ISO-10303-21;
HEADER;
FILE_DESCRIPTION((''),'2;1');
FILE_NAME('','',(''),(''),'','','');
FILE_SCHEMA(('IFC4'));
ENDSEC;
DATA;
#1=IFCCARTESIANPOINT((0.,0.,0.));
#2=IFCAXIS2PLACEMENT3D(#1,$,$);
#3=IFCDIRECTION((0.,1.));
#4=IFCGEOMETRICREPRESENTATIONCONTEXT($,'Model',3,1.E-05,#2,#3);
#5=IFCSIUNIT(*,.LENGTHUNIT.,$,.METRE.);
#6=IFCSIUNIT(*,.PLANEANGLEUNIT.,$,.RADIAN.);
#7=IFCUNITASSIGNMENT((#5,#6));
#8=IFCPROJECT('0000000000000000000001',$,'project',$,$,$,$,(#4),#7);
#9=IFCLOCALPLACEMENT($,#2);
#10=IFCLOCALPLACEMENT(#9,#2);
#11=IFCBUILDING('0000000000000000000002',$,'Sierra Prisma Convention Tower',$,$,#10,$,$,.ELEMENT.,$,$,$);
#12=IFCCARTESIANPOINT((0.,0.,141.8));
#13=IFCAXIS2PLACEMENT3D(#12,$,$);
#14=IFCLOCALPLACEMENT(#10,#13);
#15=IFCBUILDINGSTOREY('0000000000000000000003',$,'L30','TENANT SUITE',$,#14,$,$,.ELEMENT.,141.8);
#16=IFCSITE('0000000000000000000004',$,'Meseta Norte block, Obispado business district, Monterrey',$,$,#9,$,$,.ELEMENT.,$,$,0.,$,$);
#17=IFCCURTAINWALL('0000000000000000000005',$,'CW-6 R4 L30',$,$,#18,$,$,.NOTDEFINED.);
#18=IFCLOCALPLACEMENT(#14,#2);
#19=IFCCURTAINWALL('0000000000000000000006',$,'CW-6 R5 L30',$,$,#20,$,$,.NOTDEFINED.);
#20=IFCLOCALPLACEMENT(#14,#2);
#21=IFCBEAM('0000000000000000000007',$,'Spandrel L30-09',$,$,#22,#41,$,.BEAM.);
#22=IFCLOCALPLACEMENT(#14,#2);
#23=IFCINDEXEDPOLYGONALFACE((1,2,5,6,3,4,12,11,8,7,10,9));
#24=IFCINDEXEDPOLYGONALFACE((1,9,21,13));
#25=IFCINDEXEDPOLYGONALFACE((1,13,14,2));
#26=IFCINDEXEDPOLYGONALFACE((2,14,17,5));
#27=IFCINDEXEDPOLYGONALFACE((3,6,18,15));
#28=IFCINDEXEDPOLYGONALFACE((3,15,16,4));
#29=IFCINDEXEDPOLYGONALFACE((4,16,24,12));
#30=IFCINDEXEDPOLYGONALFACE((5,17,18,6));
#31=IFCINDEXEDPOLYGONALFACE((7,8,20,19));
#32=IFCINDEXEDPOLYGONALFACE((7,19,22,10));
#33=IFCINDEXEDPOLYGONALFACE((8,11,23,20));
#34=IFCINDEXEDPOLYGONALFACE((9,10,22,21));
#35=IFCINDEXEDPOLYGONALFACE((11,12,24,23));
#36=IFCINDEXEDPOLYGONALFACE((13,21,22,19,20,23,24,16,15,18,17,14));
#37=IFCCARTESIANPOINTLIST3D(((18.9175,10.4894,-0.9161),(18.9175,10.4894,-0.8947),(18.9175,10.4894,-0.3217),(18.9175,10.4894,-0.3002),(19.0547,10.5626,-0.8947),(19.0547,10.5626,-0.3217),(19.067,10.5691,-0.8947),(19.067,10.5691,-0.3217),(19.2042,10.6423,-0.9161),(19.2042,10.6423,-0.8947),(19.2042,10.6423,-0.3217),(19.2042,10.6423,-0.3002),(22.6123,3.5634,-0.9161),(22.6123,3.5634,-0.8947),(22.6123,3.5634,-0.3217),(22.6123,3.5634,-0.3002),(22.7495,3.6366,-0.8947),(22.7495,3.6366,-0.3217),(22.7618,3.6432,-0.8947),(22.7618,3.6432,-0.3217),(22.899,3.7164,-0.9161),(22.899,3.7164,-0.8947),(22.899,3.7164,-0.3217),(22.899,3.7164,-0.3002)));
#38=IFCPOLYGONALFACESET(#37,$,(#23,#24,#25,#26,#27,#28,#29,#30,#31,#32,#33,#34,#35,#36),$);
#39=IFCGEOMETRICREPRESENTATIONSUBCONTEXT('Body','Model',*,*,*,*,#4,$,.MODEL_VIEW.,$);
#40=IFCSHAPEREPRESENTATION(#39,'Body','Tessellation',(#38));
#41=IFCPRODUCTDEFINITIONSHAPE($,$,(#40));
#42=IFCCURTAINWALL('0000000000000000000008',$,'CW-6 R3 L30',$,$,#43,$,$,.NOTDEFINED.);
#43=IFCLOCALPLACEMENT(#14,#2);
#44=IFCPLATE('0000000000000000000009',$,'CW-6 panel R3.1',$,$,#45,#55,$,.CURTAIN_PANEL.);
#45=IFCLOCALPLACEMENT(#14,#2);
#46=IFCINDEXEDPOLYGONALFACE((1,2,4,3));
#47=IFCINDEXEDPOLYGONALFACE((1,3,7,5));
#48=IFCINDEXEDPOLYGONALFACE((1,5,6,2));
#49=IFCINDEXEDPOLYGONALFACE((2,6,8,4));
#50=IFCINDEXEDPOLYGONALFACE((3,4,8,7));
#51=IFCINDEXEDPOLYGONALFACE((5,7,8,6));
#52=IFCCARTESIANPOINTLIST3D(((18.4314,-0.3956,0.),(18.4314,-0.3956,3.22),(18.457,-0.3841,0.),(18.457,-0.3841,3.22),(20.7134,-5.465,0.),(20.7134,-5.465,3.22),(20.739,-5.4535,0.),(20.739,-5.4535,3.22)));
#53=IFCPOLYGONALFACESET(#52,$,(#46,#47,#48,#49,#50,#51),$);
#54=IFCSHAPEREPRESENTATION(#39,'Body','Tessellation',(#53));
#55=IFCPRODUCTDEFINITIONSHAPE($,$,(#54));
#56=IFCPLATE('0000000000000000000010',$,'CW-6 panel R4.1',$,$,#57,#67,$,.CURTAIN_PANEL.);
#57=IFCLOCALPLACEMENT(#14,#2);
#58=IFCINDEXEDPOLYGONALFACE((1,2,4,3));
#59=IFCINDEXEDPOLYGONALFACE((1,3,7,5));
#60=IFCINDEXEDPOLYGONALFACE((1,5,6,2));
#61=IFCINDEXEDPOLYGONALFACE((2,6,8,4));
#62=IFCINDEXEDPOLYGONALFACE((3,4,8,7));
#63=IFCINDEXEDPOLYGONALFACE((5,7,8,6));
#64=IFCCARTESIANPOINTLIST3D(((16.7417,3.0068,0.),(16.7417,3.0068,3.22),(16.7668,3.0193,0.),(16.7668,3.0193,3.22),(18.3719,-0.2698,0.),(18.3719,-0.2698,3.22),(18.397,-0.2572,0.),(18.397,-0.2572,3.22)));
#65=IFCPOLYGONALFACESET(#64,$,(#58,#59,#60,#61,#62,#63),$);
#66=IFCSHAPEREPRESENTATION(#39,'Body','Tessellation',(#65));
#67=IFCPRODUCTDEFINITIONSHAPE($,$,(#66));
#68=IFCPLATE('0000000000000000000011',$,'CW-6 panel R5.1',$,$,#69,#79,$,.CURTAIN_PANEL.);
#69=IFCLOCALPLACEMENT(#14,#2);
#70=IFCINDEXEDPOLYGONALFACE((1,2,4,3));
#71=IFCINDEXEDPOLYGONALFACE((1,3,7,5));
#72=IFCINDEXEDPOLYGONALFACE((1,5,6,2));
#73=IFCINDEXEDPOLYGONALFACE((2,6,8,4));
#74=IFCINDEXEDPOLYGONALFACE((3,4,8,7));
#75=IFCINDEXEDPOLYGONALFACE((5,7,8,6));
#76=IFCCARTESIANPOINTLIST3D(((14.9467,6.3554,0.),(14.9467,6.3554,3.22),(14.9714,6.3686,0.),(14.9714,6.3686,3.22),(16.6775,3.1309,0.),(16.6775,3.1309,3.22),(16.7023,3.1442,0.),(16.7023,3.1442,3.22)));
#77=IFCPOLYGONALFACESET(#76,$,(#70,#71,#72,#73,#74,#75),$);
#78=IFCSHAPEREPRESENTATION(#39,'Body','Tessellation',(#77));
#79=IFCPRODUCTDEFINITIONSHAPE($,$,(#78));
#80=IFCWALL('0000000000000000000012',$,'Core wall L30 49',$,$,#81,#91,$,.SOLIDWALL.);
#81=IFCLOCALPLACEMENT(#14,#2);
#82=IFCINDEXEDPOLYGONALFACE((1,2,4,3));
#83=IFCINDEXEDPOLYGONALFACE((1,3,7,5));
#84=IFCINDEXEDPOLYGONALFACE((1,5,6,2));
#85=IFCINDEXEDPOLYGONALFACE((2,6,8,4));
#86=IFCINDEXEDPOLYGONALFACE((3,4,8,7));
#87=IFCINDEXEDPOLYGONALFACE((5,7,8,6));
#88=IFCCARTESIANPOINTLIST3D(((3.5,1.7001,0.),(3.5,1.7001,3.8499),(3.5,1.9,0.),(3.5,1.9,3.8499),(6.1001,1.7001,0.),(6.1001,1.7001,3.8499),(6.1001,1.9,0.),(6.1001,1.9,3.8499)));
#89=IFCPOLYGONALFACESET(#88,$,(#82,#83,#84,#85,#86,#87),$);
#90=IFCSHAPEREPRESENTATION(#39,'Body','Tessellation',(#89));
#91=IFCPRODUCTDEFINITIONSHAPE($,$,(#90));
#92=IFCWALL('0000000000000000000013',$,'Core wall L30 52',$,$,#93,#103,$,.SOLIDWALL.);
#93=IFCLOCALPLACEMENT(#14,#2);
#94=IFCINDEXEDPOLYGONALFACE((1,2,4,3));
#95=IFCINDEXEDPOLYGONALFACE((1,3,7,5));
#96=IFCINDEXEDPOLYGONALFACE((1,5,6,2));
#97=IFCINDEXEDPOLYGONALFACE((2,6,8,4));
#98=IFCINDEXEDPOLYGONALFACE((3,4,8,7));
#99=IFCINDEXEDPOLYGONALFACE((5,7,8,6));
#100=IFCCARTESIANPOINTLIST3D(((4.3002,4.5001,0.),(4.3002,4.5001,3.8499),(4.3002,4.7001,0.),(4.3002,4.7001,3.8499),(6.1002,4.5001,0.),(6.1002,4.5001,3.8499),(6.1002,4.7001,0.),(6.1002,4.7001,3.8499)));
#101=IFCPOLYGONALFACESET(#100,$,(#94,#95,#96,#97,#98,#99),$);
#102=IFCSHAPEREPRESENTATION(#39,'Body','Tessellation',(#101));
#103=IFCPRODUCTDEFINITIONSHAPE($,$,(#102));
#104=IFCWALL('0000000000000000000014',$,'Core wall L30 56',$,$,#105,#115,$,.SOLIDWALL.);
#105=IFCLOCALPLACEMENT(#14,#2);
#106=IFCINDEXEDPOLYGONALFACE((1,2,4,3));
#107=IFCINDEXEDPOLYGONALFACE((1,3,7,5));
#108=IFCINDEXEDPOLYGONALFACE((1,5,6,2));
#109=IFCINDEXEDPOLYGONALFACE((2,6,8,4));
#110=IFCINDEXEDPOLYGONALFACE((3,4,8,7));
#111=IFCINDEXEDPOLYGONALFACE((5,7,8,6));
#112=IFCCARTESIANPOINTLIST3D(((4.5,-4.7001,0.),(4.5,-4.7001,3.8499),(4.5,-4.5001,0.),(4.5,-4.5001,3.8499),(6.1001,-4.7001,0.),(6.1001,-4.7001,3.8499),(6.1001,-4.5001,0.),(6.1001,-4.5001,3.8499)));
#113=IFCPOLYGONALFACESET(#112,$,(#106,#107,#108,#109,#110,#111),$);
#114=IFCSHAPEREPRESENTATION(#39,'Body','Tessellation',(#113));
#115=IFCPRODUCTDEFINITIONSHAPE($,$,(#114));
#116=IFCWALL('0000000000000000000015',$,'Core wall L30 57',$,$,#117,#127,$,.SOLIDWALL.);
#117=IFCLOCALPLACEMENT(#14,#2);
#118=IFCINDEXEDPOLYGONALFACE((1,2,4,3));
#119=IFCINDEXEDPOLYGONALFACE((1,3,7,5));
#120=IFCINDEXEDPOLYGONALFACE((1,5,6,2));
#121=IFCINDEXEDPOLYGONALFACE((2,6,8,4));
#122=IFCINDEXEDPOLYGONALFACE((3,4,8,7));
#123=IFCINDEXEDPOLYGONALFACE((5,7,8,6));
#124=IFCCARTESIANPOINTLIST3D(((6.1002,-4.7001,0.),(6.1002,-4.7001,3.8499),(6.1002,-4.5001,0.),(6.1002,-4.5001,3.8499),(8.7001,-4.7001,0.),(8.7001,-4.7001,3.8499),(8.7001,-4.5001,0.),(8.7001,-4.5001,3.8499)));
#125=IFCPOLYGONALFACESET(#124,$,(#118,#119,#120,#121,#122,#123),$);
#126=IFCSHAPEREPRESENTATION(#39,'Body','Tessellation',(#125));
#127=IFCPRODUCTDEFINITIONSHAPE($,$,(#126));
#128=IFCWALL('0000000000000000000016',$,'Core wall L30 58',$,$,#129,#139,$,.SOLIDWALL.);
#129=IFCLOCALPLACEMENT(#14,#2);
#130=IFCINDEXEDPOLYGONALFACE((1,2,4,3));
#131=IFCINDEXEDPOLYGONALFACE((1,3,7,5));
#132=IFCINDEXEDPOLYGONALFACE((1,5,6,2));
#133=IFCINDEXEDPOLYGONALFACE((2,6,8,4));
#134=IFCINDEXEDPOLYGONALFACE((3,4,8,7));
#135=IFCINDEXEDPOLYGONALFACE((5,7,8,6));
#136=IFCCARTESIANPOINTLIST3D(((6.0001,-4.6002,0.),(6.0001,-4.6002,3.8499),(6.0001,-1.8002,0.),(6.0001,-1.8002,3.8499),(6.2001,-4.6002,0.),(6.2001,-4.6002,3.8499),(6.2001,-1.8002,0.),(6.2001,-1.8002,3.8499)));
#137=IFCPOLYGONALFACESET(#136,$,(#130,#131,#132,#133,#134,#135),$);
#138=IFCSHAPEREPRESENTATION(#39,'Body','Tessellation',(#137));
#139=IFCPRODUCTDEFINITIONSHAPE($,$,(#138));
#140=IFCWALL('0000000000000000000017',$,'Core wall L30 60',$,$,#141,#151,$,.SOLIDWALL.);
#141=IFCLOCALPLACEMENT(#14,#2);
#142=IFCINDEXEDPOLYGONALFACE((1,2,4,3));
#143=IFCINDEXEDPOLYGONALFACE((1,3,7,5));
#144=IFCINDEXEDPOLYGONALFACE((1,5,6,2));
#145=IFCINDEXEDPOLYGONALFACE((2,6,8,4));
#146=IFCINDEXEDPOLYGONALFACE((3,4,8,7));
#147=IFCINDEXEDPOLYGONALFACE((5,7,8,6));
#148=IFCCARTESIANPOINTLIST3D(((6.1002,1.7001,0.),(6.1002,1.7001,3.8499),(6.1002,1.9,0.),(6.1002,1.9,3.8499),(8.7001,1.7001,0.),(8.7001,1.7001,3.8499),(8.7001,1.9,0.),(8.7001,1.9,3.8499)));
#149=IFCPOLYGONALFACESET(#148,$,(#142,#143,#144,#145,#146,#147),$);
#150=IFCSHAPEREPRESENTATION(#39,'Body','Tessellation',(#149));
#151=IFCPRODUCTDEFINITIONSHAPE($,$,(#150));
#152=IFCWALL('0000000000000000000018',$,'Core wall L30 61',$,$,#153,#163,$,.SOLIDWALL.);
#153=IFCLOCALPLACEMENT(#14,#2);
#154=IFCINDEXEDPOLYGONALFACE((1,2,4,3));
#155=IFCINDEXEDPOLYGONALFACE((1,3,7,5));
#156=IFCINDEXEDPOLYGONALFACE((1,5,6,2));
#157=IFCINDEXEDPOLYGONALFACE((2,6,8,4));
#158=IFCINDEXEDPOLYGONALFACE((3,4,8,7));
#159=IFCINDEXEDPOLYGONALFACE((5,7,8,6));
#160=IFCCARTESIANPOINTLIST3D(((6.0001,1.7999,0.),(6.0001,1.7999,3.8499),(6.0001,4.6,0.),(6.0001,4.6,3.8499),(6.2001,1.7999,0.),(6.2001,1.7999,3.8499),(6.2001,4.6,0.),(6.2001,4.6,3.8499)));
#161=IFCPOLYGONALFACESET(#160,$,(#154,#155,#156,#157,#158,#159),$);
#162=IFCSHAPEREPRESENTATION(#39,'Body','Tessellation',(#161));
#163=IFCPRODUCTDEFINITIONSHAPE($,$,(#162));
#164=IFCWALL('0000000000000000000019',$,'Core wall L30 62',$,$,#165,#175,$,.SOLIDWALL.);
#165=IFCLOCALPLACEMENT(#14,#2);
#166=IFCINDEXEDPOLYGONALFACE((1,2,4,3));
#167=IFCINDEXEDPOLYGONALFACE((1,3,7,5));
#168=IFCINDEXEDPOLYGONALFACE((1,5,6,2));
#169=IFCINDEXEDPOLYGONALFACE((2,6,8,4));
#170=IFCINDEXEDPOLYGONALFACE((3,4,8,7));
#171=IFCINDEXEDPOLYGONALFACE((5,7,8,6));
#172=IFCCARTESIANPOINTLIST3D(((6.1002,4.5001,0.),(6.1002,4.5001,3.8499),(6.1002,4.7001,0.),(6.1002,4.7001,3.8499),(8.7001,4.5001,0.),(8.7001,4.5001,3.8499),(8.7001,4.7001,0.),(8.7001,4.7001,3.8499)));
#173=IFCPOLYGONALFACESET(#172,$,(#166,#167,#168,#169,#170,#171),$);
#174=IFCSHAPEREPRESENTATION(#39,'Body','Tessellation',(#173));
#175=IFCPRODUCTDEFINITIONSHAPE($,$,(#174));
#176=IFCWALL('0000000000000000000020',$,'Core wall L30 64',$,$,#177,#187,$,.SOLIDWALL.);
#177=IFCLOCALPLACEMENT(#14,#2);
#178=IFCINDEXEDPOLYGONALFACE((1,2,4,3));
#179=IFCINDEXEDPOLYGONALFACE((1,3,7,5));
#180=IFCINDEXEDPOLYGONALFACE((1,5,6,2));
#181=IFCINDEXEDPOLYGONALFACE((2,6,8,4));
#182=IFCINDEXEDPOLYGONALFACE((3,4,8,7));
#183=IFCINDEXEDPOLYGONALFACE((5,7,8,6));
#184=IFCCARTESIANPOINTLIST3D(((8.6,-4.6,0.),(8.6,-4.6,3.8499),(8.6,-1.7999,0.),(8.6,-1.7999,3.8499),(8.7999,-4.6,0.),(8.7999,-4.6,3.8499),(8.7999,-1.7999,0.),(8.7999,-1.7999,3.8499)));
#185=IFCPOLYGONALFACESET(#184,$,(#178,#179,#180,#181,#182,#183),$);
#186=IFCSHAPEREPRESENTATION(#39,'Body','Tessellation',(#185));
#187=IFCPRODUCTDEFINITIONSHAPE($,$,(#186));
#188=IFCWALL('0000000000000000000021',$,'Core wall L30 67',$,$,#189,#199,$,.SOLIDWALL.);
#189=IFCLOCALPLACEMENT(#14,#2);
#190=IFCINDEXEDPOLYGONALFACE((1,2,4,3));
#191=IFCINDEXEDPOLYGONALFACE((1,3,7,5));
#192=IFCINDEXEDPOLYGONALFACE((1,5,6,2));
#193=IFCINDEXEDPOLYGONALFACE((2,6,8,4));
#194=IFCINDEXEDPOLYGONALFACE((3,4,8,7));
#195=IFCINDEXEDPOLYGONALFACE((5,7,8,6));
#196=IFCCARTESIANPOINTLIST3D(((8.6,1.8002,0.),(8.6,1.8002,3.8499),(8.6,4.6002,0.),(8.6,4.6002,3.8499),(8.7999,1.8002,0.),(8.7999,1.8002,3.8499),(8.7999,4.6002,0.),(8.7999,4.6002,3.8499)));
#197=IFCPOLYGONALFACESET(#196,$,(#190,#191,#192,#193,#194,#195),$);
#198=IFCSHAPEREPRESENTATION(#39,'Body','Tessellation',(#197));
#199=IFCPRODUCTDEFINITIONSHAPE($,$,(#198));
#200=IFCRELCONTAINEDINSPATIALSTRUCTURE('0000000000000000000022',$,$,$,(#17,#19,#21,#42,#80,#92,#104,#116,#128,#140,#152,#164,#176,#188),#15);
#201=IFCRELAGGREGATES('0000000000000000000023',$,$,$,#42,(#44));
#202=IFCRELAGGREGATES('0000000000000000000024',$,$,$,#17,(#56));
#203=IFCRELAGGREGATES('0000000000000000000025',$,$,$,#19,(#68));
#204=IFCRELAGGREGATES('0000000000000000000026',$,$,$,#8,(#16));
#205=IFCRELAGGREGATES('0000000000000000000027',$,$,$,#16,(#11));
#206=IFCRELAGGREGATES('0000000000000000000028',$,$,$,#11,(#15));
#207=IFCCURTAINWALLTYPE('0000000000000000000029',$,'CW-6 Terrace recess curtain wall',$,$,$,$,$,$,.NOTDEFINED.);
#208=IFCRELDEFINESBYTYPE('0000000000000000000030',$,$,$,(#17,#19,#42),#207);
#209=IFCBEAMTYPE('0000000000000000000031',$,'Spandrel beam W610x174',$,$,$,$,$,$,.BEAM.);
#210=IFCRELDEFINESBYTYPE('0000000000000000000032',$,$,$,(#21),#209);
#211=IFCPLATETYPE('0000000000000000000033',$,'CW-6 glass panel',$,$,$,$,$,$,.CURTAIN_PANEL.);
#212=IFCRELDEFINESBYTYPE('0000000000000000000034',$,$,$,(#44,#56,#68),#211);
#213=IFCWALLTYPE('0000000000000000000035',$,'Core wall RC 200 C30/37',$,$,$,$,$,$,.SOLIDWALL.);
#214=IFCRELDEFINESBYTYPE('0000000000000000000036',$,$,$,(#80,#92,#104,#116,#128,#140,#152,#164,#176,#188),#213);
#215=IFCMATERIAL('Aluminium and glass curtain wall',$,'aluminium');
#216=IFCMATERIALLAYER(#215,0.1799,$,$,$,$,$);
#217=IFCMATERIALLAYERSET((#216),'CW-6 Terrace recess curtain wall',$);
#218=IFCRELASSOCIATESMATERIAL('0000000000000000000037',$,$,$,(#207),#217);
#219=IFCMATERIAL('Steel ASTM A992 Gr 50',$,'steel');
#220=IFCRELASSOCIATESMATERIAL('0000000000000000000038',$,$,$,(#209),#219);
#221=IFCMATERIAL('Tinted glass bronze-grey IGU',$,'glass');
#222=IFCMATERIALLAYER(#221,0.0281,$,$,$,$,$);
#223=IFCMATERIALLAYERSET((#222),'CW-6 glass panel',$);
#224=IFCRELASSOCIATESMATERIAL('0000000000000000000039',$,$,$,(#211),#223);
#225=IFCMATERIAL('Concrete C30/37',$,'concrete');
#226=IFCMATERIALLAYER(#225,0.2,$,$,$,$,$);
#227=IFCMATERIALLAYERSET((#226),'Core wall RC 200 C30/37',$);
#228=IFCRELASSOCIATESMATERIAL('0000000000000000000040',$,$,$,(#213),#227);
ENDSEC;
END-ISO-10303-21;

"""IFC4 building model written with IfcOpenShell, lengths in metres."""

from ifc_helpers import new_model, si_unit, direction, frame, frame_2d, origin, origin_2d, place, context, subcontext, project, spatial, rectangle, i_section, extrude, material, layer, layer_set, material_profile, profile_set, type_object, element, aggregate, save


model = new_model("IFC4")

# Units and contexts
model_context = context("Model", 3, precision=1e-05, world=origin(), true_north=direction((0.0, 1.0)))
body_context = subcontext(model_context, "Body", "Model", "MODEL_VIEW")
ifc_project = project(units=[si_unit("LENGTHUNIT", "METRE"), si_unit("PLANEANGLEUNIT", "RADIAN")], contexts=[model_context])

# Site, building, storey
site_placement = place(None, origin())
site = spatial("IfcSite", under=ifc_project, at=site_placement, Name="Meseta Norte block, Obispado business district, Monterrey", CompositionType="ELEMENT", RefElevation=0.0)
building_placement = place(site_placement, origin())
building = spatial("IfcBuilding", under=site, at=building_placement, Name="Sierra Prisma Convention Tower", CompositionType="ELEMENT")
storey_placement = place(building_placement, frame((0.0, 0.0, 141.8)))
storey = spatial("IfcBuildingStorey", under=building, at=storey_placement, Name="L30", Description="TENANT SUITE", CompositionType="ELEMENT", Elevation=141.8)

# Curtain walls
ifc_material_1 = material(Name="Aluminium and glass curtain wall", Category="aluminium")
ifc_layer_1 = layer(ifc_material_1, 0.1799)
ifc_layer_set_1 = layer_set([ifc_layer_1], Name="CW-6 Terrace recess curtain wall")
curtain_wall_type = type_object("IfcCurtainWallType", Name="CW-6 Terrace recess curtain wall", PredefinedType="NOTDEFINED", material=ifc_layer_set_1)
curtain_wall_1_placement = place(storey_placement, origin())
curtain_wall_1 = element("IfcCurtainWall", 1, at=curtain_wall_1_placement, inside=storey, type_object=curtain_wall_type, Name="CW-6 R4 L30", PredefinedType="NOTDEFINED")
curtain_wall_2_placement = place(storey_placement, origin())
curtain_wall_2 = element("IfcCurtainWall", 2, at=curtain_wall_2_placement, inside=storey, type_object=curtain_wall_type, Name="CW-6 R5 L30", PredefinedType="NOTDEFINED")

# Beam
ifc_material_2 = material(Name="Steel ASTM A992 Gr 50", Category="steel")
ifc_material_profile_1 = material_profile(ifc_material_2, i_section(OverallWidth=0.325, OverallDepth=0.616, WebThickness=0.0139, FlangeThickness=0.0215, at=origin_2d()), Name="W610x174")
ifc_profile_set_1 = profile_set([ifc_material_profile_1], Name="Steel ASTM A992 Gr 50")
beam_type_1 = type_object("IfcBeamType", Name="Spandrel beam W610x174", PredefinedType="BEAM", material=ifc_profile_set_1)
for number, where, z_axis, x_axis, name in (
    (3, (22.7556, 3.6399, -0.6082), (-0.470682, 0.882303, 0.0), (-0.882303, -0.470682, 0.0), "Spandrel L30-09"),
):
    element("IfcBeam", number, at=place(storey_placement, frame(where, z_axis=z_axis, x_axis=x_axis)), inside=storey, type_object=beam_type_1, Name=name, PredefinedType="BEAM", context=body_context, shape_type="SweptSolid", body=[
        extrude(i_section(OverallWidth=0.325, OverallDepth=0.616, WebThickness=0.0139, FlangeThickness=0.0215, at=origin_2d()), origin(), (0.0, 0.0, 1.0), 7.8499),
    ])

# Curtain wall, plate
curtain_wall_3_placement = place(storey_placement, origin())
curtain_wall_3 = element("IfcCurtainWall", 4, at=curtain_wall_3_placement, inside=storey, type_object=curtain_wall_type, Name="CW-6 R3 L30", PredefinedType="NOTDEFINED")
ifc_material_3 = material(Name="Tinted glass bronze-grey IGU", Category="glass")
ifc_layer_2 = layer(ifc_material_3, 0.0281)
ifc_layer_set_2 = layer_set([ifc_layer_2], Name="CW-6 glass panel")
plate_type = type_object("IfcPlateType", Name="CW-6 glass panel", PredefinedType="CURTAIN_PANEL", material=ifc_layer_set_2)
plate_1_placement = place(storey_placement, frame((19.5852, -2.9246, 0.0), z_axis=(0.0, 0.0, 1.0), x_axis=(-0.410489, 0.911865, 0.0)))
plate_1 = element("IfcPlate", 5, at=plate_1_placement, type_object=plate_type, Name="CW-6 panel R3.1", PredefinedType="CURTAIN_PANEL", context=body_context, shape_type="SweptSolid", body=[
    extrude(rectangle(XDim=5.5593, YDim=0.0281, at=origin_2d()), origin(), (0.0, 0.0, 1.0), 3.22),
])
aggregate(curtain_wall_3, [plate_1])

# Plates
plate_2_placement = place(storey_placement, frame((17.5693, 1.3748, 0.0), z_axis=(0.0, 0.0, 1.0), x_axis=(-0.445458, 0.895303, 0.0)))
plate_2 = element("IfcPlate", 6, at=plate_2_placement, type_object=plate_type, Name="CW-6 panel R4.1", PredefinedType="CURTAIN_PANEL", context=body_context, shape_type="SweptSolid", body=[
    extrude(rectangle(XDim=3.6597, YDim=0.0281, at=origin_2d()), origin(), (0.0, 0.0, 1.0), 3.22),
])
aggregate(curtain_wall_1, [plate_2])
plate_3_placement = place(storey_placement, frame((15.8245, 4.7498, 0.0), z_axis=(0.0, 0.0, 1.0), x_axis=(-0.472956, 0.881086, 0.0)))
plate_3 = element("IfcPlate", 7, at=plate_3_placement, type_object=plate_type, Name="CW-6 panel R5.1", PredefinedType="CURTAIN_PANEL", context=body_context, shape_type="SweptSolid", body=[
    extrude(rectangle(XDim=3.6597, YDim=0.0281, at=origin_2d()), origin(), (0.0, 0.0, 1.0), 3.22),
])
aggregate(curtain_wall_2, [plate_3])

# Walls
ifc_material_4 = material(Name="Concrete C30/37", Category="concrete")
ifc_layer_3 = layer(ifc_material_4, 0.2)
ifc_layer_set_3 = layer_set([ifc_layer_3], Name="Core wall RC 200 C30/37")
wall_type = type_object("IfcWallType", Name="Core wall RC 200 C30/37", PredefinedType="SOLIDWALL", material=ifc_layer_set_3)
wall_1_placement = place(storey_placement, frame((6.1001, 1.8, 0.0), z_axis=(0.0, 0.0, 1.0), x_axis=(-1.0, 0.0, 0.0)))
element("IfcWall", 8, at=wall_1_placement, inside=storey, type_object=wall_type, Name="Core wall L30 49", PredefinedType="SOLIDWALL", context=body_context, shape_type="SweptSolid", body=[
    extrude(rectangle(XDim=2.6001, YDim=0.2, at=frame_2d((1.3, 0.0))), origin(), (0.0, 0.0, 1.0), 3.8499),
])
wall_2_placement = place(storey_placement, frame((6.1001, 4.6001, 0.0), z_axis=(0.0, 0.0, 1.0), x_axis=(-1.0, 0.0, 0.0)))
element("IfcWall", 9, at=wall_2_placement, inside=storey, type_object=wall_type, Name="Core wall L30 52", PredefinedType="SOLIDWALL", context=body_context, shape_type="SweptSolid", body=[
    extrude(rectangle(XDim=1.8, YDim=0.2, at=frame_2d((0.8999, 0.0))), origin(), (0.0, 0.0, 1.0), 3.8499),
])
wall_3_placement = place(storey_placement, frame((6.1001, -4.6001, 0.0), z_axis=(0.0, 0.0, 1.0), x_axis=(-1.0, 0.0, 0.0)))
element("IfcWall", 10, at=wall_3_placement, inside=storey, type_object=wall_type, Name="Core wall L30 56", PredefinedType="SOLIDWALL", context=body_context, shape_type="SweptSolid", body=[
    extrude(rectangle(XDim=1.6001, YDim=0.2, at=frame_2d((0.8, 0.0))), origin(), (0.0, 0.0, 1.0), 3.8499),
])
wall_4_placement = place(storey_placement, frame((8.7, -4.6001, 0.0), z_axis=(0.0, 0.0, 1.0), x_axis=(-1.0, 0.0, 0.0)))
element("IfcWall", 11, at=wall_4_placement, inside=storey, type_object=wall_type, Name="Core wall L30 57", PredefinedType="SOLIDWALL", context=body_context, shape_type="SweptSolid", body=[
    extrude(rectangle(XDim=2.5999, YDim=0.2, at=frame_2d((1.2998, 0.0))), origin(), (0.0, 0.0, 1.0), 3.8499),
])
wall_5_placement = place(storey_placement, frame((6.1001, -4.6001, 0.0), z_axis=(0.0, 0.0, 1.0), x_axis=(0.0, 1.0, 0.0)))
element("IfcWall", 12, at=wall_5_placement, inside=storey, type_object=wall_type, Name="Core wall L30 58", PredefinedType="SOLIDWALL", context=body_context, shape_type="SweptSolid", body=[
    extrude(rectangle(XDim=2.8, YDim=0.2, at=frame_2d((1.3999, 0.0))), origin(), (0.0, 0.0, 1.0), 3.8499),
])

# Walls
wall_6_placement = place(storey_placement, frame((8.7, 1.8, 0.0), z_axis=(0.0, 0.0, 1.0), x_axis=(-1.0, 0.0, 0.0)))
element("IfcWall", 13, at=wall_6_placement, inside=storey, type_object=wall_type, Name="Core wall L30 60", PredefinedType="SOLIDWALL", context=body_context, shape_type="SweptSolid", body=[
    extrude(rectangle(XDim=2.5999, YDim=0.2, at=frame_2d((1.2998, 0.0))), origin(), (0.0, 0.0, 1.0), 3.8499),
])
wall_7_placement = place(storey_placement, frame((6.1001, 1.8, 0.0), z_axis=(0.0, 0.0, 1.0), x_axis=(0.0, 1.0, 0.0)))
element("IfcWall", 14, at=wall_7_placement, inside=storey, type_object=wall_type, Name="Core wall L30 61", PredefinedType="SOLIDWALL", context=body_context, shape_type="SweptSolid", body=[
    extrude(rectangle(XDim=2.8, YDim=0.2, at=frame_2d((1.3999, 0.0))), origin(), (0.0, 0.0, 1.0), 3.8499),
])
wall_8_placement = place(storey_placement, frame((8.7, 4.6001, 0.0), z_axis=(0.0, 0.0, 1.0), x_axis=(-1.0, 0.0, 0.0)))
element("IfcWall", 15, at=wall_8_placement, inside=storey, type_object=wall_type, Name="Core wall L30 62", PredefinedType="SOLIDWALL", context=body_context, shape_type="SweptSolid", body=[
    extrude(rectangle(XDim=2.5999, YDim=0.2, at=frame_2d((1.2998, 0.0))), origin(), (0.0, 0.0, 1.0), 3.8499),
])

# Wall
wall_9_placement = place(storey_placement, frame((8.7, -1.8, 0.0), z_axis=(0.0, 0.0, 1.0), x_axis=(0.0, -1.0, 0.0)))
element("IfcWall", 16, at=wall_9_placement, inside=storey, type_object=wall_type, Name="Core wall L30 64", PredefinedType="SOLIDWALL", context=body_context, shape_type="SweptSolid", body=[
    extrude(rectangle(XDim=2.8, YDim=0.2, at=frame_2d((1.3999, 0.0))), origin(), (0.0, 0.0, 1.0), 3.8499),
])

# Wall
wall_10_placement = place(storey_placement, frame((8.7, 4.6001, 0.0), z_axis=(0.0, 0.0, 1.0), x_axis=(0.0, -1.0, 0.0)))
element("IfcWall", 17, at=wall_10_placement, inside=storey, type_object=wall_type, Name="Core wall L30 67", PredefinedType="SOLIDWALL", context=body_context, shape_type="SweptSolid", body=[
    extrude(rectangle(XDim=2.8, YDim=0.2, at=frame_2d((1.3999, 0.0))), origin(), (0.0, 0.0, 1.0), 3.8499),
])

save(model, "model.ifc")
